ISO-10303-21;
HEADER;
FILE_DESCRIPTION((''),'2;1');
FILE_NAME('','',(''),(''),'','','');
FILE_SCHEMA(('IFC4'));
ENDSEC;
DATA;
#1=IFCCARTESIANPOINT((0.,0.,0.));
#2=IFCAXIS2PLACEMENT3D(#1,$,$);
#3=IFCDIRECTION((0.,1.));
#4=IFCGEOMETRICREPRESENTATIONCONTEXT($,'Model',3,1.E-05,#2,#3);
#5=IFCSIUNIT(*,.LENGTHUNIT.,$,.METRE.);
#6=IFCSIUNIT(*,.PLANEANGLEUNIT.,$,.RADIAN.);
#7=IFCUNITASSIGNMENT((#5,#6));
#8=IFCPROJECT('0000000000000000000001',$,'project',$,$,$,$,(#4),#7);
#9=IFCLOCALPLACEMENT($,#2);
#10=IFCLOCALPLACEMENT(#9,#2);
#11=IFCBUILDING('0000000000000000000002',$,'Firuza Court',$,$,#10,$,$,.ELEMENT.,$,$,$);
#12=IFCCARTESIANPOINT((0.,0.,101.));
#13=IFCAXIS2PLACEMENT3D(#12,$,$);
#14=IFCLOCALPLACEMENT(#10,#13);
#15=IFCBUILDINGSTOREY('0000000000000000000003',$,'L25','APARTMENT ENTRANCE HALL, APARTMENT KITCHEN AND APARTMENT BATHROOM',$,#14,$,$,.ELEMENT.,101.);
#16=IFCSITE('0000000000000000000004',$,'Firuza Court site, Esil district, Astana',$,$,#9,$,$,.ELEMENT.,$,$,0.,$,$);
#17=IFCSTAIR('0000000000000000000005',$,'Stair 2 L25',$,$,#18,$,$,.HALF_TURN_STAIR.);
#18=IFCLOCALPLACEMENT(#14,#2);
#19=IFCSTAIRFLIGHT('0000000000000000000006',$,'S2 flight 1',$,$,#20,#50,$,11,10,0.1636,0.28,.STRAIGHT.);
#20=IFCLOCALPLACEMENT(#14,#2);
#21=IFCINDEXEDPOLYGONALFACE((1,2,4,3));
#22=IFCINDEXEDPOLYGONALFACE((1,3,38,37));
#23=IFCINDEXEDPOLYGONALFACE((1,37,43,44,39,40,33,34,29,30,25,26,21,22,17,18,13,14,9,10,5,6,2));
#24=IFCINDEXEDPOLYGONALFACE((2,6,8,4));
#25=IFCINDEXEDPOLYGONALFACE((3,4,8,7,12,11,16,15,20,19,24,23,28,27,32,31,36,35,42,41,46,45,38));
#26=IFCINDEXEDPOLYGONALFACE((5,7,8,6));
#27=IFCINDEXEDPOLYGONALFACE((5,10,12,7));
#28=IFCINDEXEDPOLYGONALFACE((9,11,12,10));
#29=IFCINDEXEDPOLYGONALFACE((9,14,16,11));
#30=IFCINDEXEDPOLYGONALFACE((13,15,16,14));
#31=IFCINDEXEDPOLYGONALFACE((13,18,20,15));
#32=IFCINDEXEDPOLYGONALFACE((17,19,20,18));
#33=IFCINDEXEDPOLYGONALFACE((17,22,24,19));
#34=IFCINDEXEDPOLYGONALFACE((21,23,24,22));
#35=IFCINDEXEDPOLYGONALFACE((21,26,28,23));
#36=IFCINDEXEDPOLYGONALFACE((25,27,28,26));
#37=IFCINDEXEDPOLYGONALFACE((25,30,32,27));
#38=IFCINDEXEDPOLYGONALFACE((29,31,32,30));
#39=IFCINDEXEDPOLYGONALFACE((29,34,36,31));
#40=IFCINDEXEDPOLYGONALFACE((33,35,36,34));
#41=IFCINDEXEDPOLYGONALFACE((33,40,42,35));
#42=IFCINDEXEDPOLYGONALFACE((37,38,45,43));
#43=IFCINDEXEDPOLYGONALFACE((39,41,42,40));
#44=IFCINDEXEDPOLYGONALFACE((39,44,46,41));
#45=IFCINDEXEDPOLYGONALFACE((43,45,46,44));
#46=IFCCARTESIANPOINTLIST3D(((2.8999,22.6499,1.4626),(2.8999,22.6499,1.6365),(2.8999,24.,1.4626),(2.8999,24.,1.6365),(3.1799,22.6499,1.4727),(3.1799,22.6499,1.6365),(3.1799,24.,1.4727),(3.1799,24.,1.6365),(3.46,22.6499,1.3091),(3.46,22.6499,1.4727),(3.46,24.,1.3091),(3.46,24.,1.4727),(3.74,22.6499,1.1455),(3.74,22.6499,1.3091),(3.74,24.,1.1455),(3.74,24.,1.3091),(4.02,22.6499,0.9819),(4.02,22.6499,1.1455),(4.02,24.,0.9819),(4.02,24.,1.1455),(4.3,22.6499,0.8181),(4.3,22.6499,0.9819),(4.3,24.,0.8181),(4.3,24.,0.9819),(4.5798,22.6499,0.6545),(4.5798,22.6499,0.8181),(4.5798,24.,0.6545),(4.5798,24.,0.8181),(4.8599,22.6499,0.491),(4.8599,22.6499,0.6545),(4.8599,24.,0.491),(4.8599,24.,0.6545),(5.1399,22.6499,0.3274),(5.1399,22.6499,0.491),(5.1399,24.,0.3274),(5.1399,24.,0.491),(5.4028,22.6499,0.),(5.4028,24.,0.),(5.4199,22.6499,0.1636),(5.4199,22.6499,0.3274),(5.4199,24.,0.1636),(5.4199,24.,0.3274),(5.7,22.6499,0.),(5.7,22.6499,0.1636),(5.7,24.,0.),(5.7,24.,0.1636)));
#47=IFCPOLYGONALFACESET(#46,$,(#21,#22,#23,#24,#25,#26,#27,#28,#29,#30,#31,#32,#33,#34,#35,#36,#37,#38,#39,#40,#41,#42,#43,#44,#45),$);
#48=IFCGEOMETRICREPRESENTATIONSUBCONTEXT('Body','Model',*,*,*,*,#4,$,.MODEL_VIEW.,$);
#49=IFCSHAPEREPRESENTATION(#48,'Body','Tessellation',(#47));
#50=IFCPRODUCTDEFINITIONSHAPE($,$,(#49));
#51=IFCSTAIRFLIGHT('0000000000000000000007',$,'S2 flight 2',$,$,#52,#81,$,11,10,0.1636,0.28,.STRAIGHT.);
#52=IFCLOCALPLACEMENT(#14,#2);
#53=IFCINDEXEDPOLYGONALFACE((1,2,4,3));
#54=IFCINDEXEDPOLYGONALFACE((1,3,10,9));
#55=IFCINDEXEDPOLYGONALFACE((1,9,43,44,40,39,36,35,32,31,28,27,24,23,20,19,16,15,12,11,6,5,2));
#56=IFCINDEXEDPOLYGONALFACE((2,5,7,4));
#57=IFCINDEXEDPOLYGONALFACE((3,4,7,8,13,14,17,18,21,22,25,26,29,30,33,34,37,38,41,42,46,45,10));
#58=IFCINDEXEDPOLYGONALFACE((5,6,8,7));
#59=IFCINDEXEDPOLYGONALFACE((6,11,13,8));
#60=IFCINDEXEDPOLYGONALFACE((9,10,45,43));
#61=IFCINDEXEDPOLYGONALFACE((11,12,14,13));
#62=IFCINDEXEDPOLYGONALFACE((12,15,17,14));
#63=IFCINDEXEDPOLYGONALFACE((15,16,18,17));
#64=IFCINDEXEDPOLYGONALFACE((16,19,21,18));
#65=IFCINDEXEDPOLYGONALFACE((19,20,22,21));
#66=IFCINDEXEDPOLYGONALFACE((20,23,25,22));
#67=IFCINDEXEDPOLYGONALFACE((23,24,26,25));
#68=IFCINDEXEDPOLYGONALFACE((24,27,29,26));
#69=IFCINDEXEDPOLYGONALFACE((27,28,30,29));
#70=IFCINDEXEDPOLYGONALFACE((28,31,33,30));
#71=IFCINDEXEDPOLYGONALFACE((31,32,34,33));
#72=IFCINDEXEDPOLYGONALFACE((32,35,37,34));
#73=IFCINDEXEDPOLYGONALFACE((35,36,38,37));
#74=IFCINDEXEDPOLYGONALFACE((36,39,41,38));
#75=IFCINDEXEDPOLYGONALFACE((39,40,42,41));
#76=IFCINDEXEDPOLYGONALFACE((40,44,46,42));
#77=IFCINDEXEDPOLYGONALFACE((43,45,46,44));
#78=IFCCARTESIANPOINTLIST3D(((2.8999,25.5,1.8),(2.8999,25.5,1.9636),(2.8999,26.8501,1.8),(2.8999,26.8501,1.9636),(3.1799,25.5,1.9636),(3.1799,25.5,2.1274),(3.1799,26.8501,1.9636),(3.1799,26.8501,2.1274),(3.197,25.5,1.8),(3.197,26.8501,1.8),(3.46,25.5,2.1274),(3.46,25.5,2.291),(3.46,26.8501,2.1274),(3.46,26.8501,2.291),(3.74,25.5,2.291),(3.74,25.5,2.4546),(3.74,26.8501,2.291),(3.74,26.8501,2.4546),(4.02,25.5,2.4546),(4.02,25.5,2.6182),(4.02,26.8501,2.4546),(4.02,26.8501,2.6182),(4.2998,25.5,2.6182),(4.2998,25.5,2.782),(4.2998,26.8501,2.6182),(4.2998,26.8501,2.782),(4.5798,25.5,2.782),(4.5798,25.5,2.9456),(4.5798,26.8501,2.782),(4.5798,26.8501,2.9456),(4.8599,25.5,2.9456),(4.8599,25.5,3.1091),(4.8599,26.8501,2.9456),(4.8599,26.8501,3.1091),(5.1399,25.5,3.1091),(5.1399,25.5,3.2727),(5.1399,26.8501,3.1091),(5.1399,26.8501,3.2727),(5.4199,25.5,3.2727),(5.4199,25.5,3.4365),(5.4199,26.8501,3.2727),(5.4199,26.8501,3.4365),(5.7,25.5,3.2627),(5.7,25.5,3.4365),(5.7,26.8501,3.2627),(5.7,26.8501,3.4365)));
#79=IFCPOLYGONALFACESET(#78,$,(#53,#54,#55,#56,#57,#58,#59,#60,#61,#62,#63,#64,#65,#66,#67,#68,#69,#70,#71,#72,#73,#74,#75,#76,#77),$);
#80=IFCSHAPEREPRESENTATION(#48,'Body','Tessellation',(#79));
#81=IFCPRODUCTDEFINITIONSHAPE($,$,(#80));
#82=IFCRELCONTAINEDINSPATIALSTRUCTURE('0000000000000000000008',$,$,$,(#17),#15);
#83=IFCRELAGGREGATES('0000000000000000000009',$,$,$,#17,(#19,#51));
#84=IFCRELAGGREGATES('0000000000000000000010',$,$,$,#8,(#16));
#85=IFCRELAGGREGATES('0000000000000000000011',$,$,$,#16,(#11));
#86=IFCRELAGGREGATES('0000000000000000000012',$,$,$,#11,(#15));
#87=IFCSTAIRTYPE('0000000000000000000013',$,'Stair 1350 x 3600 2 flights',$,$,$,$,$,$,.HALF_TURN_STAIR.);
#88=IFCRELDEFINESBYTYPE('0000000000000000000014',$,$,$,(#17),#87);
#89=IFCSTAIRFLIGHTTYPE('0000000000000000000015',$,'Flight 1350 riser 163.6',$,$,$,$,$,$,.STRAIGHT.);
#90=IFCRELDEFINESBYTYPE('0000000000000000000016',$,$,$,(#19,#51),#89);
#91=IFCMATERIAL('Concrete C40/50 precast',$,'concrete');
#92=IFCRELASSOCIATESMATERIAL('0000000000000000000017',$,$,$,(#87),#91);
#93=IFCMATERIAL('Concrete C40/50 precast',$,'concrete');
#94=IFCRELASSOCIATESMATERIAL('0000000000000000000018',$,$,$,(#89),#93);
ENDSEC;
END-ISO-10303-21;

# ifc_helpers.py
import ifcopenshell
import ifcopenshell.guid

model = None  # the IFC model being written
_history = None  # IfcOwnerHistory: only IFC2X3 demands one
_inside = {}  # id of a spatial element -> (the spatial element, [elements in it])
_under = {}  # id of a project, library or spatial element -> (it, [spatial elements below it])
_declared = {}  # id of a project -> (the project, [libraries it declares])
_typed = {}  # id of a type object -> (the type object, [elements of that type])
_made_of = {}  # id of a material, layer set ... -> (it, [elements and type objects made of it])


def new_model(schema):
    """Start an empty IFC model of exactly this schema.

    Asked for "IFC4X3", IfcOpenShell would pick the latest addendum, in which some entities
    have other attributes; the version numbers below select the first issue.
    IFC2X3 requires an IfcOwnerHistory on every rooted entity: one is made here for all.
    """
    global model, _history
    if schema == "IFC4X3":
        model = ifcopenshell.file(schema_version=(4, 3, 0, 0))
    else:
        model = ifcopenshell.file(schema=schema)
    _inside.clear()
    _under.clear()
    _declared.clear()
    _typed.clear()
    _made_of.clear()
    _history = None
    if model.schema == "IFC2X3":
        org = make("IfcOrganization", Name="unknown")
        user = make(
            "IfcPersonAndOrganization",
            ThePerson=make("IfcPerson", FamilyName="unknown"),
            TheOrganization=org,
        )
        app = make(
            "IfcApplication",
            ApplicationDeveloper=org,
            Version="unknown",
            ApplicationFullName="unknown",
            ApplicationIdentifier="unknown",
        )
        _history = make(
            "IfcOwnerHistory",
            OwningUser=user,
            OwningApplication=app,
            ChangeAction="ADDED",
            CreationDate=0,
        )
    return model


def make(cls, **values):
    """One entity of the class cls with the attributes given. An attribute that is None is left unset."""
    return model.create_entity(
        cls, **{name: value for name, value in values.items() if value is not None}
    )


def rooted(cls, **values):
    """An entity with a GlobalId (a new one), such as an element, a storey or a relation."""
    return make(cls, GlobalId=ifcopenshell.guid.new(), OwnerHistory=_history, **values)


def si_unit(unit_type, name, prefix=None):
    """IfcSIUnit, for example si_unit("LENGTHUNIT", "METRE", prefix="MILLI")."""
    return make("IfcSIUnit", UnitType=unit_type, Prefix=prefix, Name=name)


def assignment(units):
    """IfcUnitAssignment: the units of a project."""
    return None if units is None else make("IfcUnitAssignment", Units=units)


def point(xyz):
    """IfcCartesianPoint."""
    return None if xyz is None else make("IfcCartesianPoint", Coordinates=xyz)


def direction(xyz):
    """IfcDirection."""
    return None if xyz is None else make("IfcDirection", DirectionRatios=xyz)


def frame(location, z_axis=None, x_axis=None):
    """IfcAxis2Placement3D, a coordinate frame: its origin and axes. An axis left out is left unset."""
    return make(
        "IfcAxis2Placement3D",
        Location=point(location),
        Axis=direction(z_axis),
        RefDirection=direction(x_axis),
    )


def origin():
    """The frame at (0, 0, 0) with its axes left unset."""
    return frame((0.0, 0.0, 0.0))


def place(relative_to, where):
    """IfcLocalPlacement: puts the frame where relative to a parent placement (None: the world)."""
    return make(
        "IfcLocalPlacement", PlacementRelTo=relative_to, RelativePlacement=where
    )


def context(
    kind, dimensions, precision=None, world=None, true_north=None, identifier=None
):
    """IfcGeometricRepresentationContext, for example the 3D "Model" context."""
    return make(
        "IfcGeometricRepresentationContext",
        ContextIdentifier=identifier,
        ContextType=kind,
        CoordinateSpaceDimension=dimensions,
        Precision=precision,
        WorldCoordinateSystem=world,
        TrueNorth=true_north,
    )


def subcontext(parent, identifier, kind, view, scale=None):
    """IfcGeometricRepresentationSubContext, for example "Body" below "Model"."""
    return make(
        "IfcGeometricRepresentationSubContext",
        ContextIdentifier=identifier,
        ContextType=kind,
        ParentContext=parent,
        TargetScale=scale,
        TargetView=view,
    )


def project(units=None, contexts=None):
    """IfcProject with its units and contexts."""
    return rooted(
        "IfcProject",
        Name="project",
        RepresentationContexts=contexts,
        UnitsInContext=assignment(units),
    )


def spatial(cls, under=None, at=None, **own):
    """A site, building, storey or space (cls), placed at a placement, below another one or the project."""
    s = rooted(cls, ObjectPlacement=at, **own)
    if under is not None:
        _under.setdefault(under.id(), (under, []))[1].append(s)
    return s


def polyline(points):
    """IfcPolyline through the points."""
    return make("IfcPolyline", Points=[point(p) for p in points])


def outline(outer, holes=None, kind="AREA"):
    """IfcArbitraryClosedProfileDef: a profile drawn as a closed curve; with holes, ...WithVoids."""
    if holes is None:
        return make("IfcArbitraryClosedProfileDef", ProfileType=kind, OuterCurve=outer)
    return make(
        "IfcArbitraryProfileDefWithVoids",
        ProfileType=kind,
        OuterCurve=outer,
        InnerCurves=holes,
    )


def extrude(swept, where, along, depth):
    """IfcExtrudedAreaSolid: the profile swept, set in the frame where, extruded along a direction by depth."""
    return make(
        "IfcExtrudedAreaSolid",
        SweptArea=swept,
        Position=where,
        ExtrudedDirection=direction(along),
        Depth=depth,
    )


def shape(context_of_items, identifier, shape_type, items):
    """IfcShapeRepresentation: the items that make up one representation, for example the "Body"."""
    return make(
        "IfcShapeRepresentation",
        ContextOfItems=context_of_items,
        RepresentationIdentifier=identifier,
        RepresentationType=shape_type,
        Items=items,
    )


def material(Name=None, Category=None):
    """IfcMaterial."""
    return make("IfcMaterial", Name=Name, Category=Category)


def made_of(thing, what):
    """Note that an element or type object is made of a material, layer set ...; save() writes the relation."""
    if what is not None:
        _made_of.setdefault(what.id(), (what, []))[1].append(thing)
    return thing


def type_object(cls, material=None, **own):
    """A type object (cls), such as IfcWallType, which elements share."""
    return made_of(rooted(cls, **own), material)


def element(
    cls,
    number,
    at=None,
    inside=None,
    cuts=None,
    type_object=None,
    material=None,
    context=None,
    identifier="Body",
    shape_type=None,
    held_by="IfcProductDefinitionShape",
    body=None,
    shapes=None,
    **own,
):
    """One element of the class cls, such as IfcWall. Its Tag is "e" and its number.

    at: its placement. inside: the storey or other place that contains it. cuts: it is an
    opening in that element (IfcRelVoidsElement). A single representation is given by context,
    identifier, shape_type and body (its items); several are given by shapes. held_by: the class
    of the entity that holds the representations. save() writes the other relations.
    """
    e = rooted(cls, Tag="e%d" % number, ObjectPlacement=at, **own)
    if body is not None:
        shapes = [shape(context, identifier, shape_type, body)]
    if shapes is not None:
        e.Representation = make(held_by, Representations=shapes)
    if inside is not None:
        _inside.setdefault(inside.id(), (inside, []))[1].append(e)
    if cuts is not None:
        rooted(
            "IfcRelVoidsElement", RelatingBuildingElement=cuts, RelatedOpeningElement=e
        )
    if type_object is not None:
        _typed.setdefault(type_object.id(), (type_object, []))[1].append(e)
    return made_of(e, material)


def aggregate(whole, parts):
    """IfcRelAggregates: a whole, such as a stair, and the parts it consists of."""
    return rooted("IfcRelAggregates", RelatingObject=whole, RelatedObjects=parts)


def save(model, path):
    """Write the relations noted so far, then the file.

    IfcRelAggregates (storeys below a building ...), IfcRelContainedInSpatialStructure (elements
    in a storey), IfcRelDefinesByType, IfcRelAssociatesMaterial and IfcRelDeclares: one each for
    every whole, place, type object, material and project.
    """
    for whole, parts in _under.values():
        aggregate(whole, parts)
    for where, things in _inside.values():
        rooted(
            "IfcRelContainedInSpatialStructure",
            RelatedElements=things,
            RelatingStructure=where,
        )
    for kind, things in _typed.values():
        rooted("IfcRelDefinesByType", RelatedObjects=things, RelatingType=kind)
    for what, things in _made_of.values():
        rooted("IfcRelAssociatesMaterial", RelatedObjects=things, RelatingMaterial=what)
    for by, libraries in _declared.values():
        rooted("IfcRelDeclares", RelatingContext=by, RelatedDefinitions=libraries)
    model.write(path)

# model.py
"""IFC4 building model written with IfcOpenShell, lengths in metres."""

from ifc_helpers import new_model, si_unit, direction, frame, origin, place, context, subcontext, project, spatial, polyline, outline, extrude, material, type_object, element, aggregate, save


model = new_model("IFC4")

# Units and contexts
model_context = context("Model", 3, precision=1e-05, world=origin(), true_north=direction((0.0, 1.0)))
body_context = subcontext(model_context, "Body", "Model", "MODEL_VIEW")
ifc_project = project(units=[si_unit("LENGTHUNIT", "METRE"), si_unit("PLANEANGLEUNIT", "RADIAN")], contexts=[model_context])

# Site, building, storey
site_placement = place(None, origin())
site = spatial("IfcSite", under=ifc_project, at=site_placement, Name="Firuza Court site, Esil district, Astana", CompositionType="ELEMENT", RefElevation=0.0)
building_placement = place(site_placement, origin())
building = spatial("IfcBuilding", under=site, at=building_placement, Name="Firuza Court", CompositionType="ELEMENT")
storey_placement = place(building_placement, frame((0.0, 0.0, 101.0)))
storey = spatial("IfcBuildingStorey", under=building, at=storey_placement, Name="L25", Description="APARTMENT ENTRANCE HALL, APARTMENT KITCHEN AND APARTMENT BATHROOM", CompositionType="ELEMENT", Elevation=101.0)

# Stair, stair flights
ifc_material_1 = material(Name="Concrete C40/50 precast", Category="concrete")
stair_type = type_object("IfcStairType", Name="Stair 1350 x 3600 2 flights", PredefinedType="HALF_TURN_STAIR", material=ifc_material_1)
stair_placement = place(storey_placement, origin())
stair = element("IfcStair", 1, at=stair_placement, inside=storey, type_object=stair_type, Name="Stair 2 L25", PredefinedType="HALF_TURN_STAIR")
ifc_material_2 = material(Name="Concrete C40/50 precast", Category="concrete")
stair_flight_type = type_object("IfcStairFlightType", Name="Flight 1350 riser 163.6", PredefinedType="STRAIGHT", material=ifc_material_2)
stair_flight_1_placement = place(storey_placement, frame((5.7, 23.325, 0.0), z_axis=(0.0, 0.0, 1.0), x_axis=(-1.0, 0.0, 0.0)))
stair_flight_1 = element("IfcStairFlight", 2, at=stair_flight_1_placement, type_object=stair_flight_type, Name="S2 flight 1", NumberOfRisers=11, NumberOfTreads=10, PredefinedType="STRAIGHT", RiserHeight=0.1636, TreadLength=0.28, context=body_context, shape_type="SweptSolid", body=[
    extrude(outline(polyline([(0.0, 0.0), (0.0, 0.1636), (0.28, 0.1636), (0.28, 0.3274), (0.5601, 0.3274), (0.5601, 0.491), (0.8401, 0.491), (0.8401, 0.6545), (1.1201, 0.6545), (1.1201, 0.8181), (1.3999, 0.8181), (1.3999, 0.9819), (1.6799, 0.9819), (1.6799, 1.1455), (1.96, 1.1455), (1.96, 1.3091), (2.24, 1.3091), (2.24, 1.4727), (2.52, 1.4727), (2.52, 1.6365), (2.8, 1.6365), (2.8, 1.8), (2.8, 1.4626), (0.2971, 0.0), (0.0, 0.0)])), frame((0.0, 0.675, 0.0), z_axis=(0.0, -1.0, 0.0), x_axis=(1.0, 0.0, 0.0)), (0.0, 0.0, 1.0), 1.3501),
])
stair_flight_2_placement = place(storey_placement, frame((2.8999, 26.175, 1.8), z_axis=(0.0, 0.0, 1.0), x_axis=(1.0, 0.0, 0.0)))
stair_flight_2 = element("IfcStairFlight", 3, at=stair_flight_2_placement, type_object=stair_flight_type, Name="S2 flight 2", NumberOfRisers=11, NumberOfTreads=10, PredefinedType="STRAIGHT", RiserHeight=0.1636, TreadLength=0.28, context=body_context, shape_type="SweptSolid", body=[
    extrude(outline(polyline([(0.0, 0.0), (0.0, 0.1636), (0.28, 0.1636), (0.28, 0.3274), (0.5601, 0.3274), (0.5601, 0.491), (0.8401, 0.491), (0.8401, 0.6545), (1.1201, 0.6545), (1.1201, 0.8181), (1.3999, 0.8181), (1.3999, 0.9819), (1.6799, 0.9819), (1.6799, 1.1455), (1.96, 1.1455), (1.96, 1.3091), (2.24, 1.3091), (2.24, 1.4727), (2.52, 1.4727), (2.52, 1.6365), (2.8, 1.6365), (2.8, 1.8), (2.8, 1.4626), (0.2971, 0.0), (0.0, 0.0)])), frame((0.0, 0.675, 0.0), z_axis=(0.0, -1.0, 0.0), x_axis=(1.0, 0.0, 0.0)), (0.0, 0.0, 1.0), 1.3501),
])
aggregate(stair, [stair_flight_1, stair_flight_2])

save(model, "model.ifc")
